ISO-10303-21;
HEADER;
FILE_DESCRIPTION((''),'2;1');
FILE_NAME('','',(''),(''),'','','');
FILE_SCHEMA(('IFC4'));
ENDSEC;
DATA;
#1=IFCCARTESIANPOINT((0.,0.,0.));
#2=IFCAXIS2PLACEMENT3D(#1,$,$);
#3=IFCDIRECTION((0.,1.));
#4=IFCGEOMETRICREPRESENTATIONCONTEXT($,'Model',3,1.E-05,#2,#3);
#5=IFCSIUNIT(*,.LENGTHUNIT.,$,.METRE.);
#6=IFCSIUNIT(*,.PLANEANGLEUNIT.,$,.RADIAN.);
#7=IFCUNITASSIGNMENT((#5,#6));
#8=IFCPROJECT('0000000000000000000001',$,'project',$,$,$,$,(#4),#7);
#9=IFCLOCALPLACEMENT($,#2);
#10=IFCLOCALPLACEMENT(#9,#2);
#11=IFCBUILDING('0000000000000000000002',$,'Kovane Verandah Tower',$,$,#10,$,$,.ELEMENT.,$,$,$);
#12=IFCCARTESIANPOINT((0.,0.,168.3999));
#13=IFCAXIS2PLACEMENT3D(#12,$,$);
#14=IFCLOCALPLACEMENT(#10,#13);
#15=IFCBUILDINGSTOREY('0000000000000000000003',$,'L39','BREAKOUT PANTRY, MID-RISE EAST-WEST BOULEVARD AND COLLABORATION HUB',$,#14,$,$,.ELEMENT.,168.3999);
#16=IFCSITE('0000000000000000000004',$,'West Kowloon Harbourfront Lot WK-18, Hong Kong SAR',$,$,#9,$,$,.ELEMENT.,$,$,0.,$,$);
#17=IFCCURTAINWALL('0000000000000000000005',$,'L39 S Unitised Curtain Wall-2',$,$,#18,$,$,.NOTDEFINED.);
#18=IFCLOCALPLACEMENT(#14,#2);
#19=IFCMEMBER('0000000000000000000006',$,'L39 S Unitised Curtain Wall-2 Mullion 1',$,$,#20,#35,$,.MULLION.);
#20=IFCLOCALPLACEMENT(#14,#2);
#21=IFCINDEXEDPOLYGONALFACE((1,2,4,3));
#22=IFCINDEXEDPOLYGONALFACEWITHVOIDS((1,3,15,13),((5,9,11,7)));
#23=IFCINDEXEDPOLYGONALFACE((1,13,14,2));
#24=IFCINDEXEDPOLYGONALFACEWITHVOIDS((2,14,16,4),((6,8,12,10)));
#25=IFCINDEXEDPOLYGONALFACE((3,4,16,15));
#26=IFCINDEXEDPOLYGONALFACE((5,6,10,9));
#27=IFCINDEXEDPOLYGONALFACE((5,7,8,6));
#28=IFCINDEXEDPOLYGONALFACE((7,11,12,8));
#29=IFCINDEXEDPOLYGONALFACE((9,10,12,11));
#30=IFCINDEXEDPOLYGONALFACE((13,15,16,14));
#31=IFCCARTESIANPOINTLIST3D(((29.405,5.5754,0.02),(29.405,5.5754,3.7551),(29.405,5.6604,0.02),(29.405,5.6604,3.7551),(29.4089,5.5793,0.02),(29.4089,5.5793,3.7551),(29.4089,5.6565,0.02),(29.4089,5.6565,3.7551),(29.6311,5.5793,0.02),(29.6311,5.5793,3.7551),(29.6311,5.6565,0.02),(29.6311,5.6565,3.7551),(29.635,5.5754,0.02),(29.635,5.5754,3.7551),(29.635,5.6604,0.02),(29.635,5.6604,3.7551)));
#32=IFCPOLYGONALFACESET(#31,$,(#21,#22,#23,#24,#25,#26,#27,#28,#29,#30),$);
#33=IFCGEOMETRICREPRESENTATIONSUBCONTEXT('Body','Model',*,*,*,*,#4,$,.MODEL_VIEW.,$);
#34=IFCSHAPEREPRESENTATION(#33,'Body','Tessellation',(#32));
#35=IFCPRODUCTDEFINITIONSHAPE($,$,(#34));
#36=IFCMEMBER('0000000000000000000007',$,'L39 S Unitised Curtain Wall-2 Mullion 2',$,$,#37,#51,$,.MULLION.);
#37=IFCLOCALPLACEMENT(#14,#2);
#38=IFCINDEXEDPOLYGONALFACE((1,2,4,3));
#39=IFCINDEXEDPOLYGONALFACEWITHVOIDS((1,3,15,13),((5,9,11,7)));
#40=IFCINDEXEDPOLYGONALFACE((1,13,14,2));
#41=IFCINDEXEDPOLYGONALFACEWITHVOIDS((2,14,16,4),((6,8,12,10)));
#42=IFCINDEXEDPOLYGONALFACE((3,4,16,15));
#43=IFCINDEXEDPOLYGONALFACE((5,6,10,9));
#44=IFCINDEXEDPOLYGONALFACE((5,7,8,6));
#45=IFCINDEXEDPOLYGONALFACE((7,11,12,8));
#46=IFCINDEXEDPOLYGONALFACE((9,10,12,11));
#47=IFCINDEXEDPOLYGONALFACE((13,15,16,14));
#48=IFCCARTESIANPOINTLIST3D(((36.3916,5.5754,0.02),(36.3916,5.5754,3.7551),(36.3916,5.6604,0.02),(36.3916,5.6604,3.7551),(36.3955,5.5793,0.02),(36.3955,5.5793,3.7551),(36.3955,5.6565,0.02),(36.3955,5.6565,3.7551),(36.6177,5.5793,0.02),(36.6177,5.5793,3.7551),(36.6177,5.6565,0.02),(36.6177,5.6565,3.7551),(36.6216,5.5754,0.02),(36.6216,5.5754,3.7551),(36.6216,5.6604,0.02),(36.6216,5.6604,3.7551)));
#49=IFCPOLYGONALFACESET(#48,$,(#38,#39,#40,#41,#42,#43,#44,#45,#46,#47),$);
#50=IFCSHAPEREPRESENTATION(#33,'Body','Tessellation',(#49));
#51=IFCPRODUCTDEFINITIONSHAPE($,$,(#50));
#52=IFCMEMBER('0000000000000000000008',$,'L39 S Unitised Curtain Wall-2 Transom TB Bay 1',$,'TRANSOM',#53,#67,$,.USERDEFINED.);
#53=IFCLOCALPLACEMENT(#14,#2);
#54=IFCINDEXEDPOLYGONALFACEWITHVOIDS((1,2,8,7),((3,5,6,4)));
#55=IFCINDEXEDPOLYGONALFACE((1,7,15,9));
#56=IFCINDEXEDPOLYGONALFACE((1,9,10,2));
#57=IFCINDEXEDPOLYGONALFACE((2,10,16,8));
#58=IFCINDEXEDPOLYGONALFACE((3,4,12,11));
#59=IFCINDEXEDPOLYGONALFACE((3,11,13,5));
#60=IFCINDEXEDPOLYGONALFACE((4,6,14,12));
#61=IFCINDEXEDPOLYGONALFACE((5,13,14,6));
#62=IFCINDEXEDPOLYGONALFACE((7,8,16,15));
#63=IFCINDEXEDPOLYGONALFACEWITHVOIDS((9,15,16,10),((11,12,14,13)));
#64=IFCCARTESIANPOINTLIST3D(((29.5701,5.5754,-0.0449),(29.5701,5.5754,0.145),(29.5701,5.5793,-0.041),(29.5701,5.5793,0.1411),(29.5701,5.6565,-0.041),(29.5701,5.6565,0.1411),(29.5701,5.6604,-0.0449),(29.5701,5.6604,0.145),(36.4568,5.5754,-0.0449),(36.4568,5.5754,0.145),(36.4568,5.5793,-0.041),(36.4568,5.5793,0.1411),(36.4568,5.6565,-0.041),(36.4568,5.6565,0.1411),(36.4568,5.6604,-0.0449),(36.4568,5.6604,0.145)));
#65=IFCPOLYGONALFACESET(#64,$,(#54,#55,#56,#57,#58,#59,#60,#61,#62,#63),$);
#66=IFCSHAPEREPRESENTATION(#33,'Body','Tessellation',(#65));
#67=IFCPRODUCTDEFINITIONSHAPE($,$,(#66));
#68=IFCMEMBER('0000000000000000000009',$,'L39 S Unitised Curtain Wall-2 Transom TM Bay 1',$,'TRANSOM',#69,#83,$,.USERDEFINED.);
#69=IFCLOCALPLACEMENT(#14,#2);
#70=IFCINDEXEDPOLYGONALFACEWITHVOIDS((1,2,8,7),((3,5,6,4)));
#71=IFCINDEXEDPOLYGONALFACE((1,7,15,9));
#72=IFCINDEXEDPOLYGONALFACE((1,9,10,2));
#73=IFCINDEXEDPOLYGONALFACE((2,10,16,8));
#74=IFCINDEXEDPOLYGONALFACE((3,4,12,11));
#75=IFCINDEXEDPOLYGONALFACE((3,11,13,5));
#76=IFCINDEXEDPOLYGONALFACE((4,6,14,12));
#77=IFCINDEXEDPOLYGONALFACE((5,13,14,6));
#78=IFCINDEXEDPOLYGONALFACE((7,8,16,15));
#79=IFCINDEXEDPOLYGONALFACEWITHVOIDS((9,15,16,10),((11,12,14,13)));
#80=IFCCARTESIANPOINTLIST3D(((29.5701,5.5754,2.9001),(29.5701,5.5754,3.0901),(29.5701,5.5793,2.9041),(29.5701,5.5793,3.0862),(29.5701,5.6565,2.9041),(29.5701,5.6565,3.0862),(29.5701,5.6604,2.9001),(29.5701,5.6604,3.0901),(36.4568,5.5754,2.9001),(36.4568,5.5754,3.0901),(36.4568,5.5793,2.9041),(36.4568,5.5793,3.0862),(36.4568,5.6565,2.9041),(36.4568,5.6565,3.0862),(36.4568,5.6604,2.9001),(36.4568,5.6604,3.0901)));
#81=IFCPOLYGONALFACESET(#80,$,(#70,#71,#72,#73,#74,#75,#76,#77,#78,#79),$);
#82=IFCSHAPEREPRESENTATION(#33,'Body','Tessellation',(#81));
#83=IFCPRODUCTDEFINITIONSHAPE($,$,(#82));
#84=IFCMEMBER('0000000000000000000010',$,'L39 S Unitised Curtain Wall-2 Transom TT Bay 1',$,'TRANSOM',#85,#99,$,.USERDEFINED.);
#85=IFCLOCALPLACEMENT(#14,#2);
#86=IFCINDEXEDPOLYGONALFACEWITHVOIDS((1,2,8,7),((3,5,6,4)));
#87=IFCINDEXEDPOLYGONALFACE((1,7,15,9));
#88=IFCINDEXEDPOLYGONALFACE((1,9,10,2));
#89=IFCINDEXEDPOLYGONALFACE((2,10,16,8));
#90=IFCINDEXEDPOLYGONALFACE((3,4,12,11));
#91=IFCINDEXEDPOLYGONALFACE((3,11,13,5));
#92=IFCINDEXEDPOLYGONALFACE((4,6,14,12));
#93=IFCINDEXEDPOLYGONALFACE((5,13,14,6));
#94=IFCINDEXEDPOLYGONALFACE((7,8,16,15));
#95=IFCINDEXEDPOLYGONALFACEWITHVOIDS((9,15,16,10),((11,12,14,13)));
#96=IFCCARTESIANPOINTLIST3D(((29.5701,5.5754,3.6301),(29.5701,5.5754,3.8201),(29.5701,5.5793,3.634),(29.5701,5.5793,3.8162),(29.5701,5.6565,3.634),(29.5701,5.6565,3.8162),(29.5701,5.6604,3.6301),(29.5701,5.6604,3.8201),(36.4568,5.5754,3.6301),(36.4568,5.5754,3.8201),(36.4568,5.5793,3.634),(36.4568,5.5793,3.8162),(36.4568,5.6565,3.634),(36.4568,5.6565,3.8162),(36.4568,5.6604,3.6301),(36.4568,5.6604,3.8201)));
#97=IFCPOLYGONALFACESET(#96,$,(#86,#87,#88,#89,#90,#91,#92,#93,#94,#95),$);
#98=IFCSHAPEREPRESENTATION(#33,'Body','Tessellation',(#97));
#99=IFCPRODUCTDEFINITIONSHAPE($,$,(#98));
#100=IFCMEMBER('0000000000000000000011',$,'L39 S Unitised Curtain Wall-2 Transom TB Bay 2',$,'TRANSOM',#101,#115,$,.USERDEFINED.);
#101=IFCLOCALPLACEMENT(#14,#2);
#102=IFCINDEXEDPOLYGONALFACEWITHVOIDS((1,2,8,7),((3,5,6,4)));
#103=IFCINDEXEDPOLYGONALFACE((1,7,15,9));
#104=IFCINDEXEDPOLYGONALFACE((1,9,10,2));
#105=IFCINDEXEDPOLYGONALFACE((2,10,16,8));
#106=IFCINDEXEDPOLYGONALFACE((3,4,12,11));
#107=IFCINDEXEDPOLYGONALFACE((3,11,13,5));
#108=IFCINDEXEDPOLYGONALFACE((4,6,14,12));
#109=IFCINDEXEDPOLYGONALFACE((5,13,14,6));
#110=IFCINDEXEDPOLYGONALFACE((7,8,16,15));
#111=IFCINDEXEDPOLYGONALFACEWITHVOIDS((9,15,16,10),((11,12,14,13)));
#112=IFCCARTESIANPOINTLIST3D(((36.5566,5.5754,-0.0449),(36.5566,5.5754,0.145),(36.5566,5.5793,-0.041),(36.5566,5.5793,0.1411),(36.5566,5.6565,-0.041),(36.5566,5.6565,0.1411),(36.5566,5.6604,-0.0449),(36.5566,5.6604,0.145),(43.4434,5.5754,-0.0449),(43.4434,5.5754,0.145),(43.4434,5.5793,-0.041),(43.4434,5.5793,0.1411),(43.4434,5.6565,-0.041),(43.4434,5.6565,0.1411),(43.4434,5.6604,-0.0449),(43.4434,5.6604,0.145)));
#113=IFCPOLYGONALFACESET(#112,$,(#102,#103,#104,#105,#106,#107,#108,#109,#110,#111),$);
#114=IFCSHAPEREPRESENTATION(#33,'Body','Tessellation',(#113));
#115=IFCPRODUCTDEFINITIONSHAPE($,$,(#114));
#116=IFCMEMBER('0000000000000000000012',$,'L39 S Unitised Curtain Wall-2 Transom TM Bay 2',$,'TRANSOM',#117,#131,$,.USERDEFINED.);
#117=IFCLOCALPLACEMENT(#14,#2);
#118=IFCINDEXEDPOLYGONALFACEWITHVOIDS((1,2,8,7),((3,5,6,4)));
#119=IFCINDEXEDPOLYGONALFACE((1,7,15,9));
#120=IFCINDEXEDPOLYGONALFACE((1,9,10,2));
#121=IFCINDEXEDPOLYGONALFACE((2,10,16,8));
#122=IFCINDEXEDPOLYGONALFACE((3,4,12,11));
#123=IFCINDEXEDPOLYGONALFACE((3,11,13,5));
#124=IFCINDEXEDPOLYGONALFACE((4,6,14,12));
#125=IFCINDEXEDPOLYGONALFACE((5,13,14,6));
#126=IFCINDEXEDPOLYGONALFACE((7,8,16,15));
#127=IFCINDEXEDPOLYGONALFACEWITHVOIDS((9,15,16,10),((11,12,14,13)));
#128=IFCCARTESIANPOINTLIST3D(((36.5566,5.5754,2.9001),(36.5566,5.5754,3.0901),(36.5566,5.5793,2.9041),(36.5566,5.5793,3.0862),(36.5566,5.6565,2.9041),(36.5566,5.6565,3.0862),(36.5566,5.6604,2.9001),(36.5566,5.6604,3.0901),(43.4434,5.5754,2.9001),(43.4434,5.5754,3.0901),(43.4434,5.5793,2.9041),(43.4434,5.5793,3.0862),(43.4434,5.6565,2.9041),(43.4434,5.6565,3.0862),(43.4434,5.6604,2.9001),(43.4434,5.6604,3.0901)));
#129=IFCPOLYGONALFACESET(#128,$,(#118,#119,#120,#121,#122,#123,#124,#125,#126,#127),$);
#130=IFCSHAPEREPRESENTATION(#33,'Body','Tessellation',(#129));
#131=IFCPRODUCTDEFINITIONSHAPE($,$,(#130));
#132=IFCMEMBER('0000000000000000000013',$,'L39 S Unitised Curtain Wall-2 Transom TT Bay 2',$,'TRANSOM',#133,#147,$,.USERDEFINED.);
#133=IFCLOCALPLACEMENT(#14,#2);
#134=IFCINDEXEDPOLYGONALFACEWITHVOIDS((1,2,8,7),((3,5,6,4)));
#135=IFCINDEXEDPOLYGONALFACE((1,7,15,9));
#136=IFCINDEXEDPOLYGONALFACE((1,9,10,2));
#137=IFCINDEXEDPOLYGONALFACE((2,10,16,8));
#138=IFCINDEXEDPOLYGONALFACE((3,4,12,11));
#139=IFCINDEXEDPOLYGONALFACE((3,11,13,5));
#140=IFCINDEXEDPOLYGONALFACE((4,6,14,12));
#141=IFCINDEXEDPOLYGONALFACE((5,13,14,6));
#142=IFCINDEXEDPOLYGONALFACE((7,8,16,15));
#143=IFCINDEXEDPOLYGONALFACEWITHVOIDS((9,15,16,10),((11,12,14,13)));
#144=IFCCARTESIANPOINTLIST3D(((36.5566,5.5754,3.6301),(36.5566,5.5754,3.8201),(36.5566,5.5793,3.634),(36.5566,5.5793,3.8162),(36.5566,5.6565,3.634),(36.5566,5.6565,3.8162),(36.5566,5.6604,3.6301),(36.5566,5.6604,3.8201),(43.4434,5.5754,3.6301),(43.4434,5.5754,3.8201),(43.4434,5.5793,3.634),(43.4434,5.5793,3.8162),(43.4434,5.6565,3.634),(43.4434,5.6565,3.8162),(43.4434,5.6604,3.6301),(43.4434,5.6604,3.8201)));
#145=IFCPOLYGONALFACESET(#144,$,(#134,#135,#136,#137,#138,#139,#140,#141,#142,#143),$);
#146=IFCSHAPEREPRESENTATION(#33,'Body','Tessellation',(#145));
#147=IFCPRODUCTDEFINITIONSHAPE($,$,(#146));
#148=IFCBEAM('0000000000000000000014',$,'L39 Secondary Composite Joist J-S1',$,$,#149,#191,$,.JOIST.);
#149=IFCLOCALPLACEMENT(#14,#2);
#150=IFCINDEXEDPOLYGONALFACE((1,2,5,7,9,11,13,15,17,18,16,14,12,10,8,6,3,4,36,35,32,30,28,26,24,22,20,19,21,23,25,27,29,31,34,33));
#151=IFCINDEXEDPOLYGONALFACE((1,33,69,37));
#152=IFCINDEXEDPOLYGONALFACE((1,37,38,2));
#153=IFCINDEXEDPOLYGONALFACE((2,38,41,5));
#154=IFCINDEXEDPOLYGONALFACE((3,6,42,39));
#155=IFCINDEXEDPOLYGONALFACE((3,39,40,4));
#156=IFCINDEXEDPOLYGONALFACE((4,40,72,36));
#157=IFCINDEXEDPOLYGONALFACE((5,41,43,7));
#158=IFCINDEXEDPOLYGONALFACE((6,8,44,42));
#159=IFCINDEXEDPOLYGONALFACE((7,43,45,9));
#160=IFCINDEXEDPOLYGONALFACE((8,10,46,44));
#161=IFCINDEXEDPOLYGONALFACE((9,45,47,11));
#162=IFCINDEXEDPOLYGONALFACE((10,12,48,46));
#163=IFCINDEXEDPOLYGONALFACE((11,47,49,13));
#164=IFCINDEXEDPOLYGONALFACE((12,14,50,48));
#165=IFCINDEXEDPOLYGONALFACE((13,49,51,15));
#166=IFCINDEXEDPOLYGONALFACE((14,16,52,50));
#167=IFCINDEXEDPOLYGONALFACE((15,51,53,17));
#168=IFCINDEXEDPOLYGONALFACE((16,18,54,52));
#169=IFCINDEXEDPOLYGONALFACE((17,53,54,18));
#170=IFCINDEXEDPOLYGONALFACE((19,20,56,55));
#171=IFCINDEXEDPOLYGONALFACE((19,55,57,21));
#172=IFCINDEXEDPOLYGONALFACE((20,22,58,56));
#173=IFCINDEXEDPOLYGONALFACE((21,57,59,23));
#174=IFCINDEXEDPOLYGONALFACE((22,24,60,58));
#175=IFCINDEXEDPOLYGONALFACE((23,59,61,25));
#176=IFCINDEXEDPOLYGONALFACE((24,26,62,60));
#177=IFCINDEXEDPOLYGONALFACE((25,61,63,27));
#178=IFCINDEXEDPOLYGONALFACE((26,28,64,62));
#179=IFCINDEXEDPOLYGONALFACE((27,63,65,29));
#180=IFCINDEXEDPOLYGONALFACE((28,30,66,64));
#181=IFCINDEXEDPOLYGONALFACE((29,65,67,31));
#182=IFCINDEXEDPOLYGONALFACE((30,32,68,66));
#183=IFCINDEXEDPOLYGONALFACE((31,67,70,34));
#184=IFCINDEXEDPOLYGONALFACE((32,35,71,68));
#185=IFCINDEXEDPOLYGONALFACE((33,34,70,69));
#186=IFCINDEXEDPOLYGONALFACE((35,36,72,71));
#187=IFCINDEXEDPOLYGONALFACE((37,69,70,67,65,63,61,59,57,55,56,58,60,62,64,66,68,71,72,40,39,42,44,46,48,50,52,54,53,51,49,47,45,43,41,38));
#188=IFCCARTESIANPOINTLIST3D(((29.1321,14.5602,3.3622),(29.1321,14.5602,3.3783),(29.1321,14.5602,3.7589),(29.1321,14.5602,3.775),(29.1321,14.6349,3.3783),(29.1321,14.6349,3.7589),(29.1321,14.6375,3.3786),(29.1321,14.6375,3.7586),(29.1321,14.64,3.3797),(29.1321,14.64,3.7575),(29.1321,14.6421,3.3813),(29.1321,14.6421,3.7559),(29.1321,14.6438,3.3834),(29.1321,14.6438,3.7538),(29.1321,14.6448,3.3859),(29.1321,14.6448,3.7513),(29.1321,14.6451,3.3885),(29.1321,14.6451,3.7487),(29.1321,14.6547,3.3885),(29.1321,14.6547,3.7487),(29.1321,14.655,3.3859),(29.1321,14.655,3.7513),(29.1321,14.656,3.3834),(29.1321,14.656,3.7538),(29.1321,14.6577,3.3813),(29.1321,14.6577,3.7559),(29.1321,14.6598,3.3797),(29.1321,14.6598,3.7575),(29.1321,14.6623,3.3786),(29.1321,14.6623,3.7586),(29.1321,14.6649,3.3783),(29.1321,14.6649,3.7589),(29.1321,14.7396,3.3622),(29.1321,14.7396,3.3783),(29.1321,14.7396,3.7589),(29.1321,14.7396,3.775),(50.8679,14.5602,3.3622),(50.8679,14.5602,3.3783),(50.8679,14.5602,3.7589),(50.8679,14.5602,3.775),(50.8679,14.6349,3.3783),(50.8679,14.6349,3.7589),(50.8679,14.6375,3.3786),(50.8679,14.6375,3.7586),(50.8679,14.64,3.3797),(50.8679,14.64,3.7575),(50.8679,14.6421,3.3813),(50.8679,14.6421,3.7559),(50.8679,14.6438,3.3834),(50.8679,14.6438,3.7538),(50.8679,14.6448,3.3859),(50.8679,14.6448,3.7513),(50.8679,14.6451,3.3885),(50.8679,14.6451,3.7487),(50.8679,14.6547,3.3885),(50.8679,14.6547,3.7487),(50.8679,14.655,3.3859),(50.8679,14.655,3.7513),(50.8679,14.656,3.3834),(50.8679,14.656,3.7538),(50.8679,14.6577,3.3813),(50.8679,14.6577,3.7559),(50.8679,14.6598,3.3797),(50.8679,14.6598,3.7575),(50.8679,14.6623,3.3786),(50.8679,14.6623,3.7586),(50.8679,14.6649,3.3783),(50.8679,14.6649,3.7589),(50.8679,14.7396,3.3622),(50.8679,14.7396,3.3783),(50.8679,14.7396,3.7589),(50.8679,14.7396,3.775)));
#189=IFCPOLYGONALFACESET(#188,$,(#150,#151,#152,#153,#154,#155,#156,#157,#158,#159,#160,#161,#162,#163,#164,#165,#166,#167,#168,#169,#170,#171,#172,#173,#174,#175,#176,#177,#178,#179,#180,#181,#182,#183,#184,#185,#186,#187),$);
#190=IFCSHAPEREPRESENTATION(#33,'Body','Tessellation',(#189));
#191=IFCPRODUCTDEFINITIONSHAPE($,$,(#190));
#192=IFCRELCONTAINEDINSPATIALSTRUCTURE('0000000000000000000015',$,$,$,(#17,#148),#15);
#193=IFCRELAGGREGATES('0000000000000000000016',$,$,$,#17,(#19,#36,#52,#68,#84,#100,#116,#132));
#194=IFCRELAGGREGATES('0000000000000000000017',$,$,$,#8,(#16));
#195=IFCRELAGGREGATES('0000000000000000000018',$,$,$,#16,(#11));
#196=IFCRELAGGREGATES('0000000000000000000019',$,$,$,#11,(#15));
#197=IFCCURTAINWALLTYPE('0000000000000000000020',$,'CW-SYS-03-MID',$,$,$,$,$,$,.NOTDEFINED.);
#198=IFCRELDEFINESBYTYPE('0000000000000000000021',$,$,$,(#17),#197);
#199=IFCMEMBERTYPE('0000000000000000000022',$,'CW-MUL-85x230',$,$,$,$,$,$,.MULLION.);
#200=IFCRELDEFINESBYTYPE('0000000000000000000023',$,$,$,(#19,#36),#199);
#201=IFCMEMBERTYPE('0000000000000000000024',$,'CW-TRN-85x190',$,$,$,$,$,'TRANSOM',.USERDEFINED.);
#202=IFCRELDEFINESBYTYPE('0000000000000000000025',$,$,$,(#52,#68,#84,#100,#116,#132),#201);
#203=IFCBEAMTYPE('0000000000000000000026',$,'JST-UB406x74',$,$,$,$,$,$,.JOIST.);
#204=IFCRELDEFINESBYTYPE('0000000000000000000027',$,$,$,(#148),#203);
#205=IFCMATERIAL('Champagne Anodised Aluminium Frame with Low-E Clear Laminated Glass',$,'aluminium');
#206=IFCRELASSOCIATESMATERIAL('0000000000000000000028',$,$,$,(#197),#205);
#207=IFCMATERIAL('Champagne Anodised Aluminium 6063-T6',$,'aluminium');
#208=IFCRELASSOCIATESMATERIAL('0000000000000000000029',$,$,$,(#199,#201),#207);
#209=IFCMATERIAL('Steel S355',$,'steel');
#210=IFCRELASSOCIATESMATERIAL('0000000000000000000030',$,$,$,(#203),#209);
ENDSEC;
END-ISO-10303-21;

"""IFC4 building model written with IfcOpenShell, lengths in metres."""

from ifc_helpers import new_model, si_unit, direction, frame, origin, origin_2d, place, context, subcontext, project, spatial, hollow_rectangle, i_section, extrude, material, material_profile, profile_set, type_object, element, aggregate, save


model = new_model("IFC4")

# Units and contexts
model_context = context("Model", 3, precision=1e-05, world=origin(), true_north=direction((0.0, 1.0)))
body_context = subcontext(model_context, "Body", "Model", "MODEL_VIEW")
ifc_project = project(units=[si_unit("LENGTHUNIT", "METRE"), si_unit("PLANEANGLEUNIT", "RADIAN")], contexts=[model_context])

# Site, building, storey
site_placement = place(None, origin())
site = spatial("IfcSite", under=ifc_project, at=site_placement, Name="West Kowloon Harbourfront Lot WK-18, Hong Kong SAR", CompositionType="ELEMENT", RefElevation=0.0)
building_placement = place(site_placement, origin())
building = spatial("IfcBuilding", under=site, at=building_placement, Name="Kovane Verandah Tower", CompositionType="ELEMENT")
storey_placement = place(building_placement, frame((0.0, 0.0, 168.3999)))
storey = spatial("IfcBuildingStorey", under=building, at=storey_placement, Name="L39", Description="BREAKOUT PANTRY, MID-RISE EAST-WEST BOULEVARD AND COLLABORATION HUB", CompositionType="ELEMENT", Elevation=168.3999)

# Shared definitions
ifc_material_1 = material(Name="Steel S355", Category="steel")

# Curtain wall, members
ifc_material_2 = material(Name="Champagne Anodised Aluminium Frame with Low-E Clear Laminated Glass", Category="aluminium")
curtain_wall_type = type_object("IfcCurtainWallType", Name="CW-SYS-03-MID", PredefinedType="NOTDEFINED", material=ifc_material_2)
curtain_wall_placement = place(storey_placement, origin())
curtain_wall = element("IfcCurtainWall", 1, at=curtain_wall_placement, inside=storey, type_object=curtain_wall_type, Name="L39 S Unitised Curtain Wall-2", PredefinedType="NOTDEFINED")
ifc_material_3 = material(Name="Champagne Anodised Aluminium 6063-T6", Category="aluminium")
ifc_material_profile_1 = material_profile(ifc_material_3, hollow_rectangle(XDim=0.085, YDim=0.23, WallThickness=0.0039, at=origin_2d()), Name="AL85x230x4")
ifc_profile_set_1 = profile_set([ifc_material_profile_1], Name="Champagne Anodised Aluminium 6063-T6")
member_type_1 = type_object("IfcMemberType", Name="CW-MUL-85x230", PredefinedType="MULLION", material=ifc_profile_set_1)
member_1_placement = place(storey_placement, frame((29.52, 5.6179, 0.02), z_axis=(0.0, 0.0, 1.0), x_axis=(0.0, -1.0, 0.0)))
member_1 = element("IfcMember", 2, at=member_1_placement, type_object=member_type_1, Name="L39 S Unitised Curtain Wall-2 Mullion 1", PredefinedType="MULLION", context=body_context, shape_type="SweptSolid", body=[
    extrude(hollow_rectangle(XDim=0.085, YDim=0.23, WallThickness=0.0039, at=origin_2d()), origin(), (0.0, 0.0, 1.0), 3.7351),
])
member_2_placement = place(storey_placement, frame((36.5066, 5.6179, 0.02), z_axis=(0.0, 0.0, 1.0), x_axis=(0.0, -1.0, 0.0)))
member_2 = element("IfcMember", 3, at=member_2_placement, type_object=member_type_1, Name="L39 S Unitised Curtain Wall-2 Mullion 2", PredefinedType="MULLION", context=body_context, shape_type="SweptSolid", body=[
    extrude(hollow_rectangle(XDim=0.085, YDim=0.23, WallThickness=0.0039, at=origin_2d()), origin(), (0.0, 0.0, 1.0), 3.7351),
])
ifc_material_profile_2 = material_profile(ifc_material_3, hollow_rectangle(XDim=0.085, YDim=0.1899, WallThickness=0.0039, at=origin_2d()), Name="AL85x190x4")
ifc_profile_set_2 = profile_set([ifc_material_profile_2], Name="Champagne Anodised Aluminium 6063-T6")
member_type_2 = type_object("IfcMemberType", Name="CW-TRN-85x190", ElementType="TRANSOM", PredefinedType="USERDEFINED", material=ifc_profile_set_2)
member_3_placement = place(storey_placement, frame((29.5701, 5.6179, 0.05), z_axis=(1.0, 0.0, 0.0), x_axis=(0.0, 1.0, 0.0)))
member_3 = element("IfcMember", 4, at=member_3_placement, type_object=member_type_2, Name="L39 S Unitised Curtain Wall-2 Transom TB Bay 1", ObjectType="TRANSOM", PredefinedType="USERDEFINED", context=body_context, shape_type="SweptSolid", body=[
    extrude(hollow_rectangle(XDim=0.085, YDim=0.1899, WallThickness=0.0039, at=origin_2d()), origin(), (0.0, 0.0, 1.0), 6.8867),
])
member_4_placement = place(storey_placement, frame((29.5701, 5.6179, 2.9951), z_axis=(1.0, 0.0, 0.0), x_axis=(0.0, 1.0, 0.0)))
member_4 = element("IfcMember", 5, at=member_4_placement, type_object=member_type_2, Name="L39 S Unitised Curtain Wall-2 Transom TM Bay 1", ObjectType="TRANSOM", PredefinedType="USERDEFINED", context=body_context, shape_type="SweptSolid", body=[
    extrude(hollow_rectangle(XDim=0.085, YDim=0.1899, WallThickness=0.0039, at=origin_2d()), origin(), (0.0, 0.0, 1.0), 6.8867),
])
member_5_placement = place(storey_placement, frame((29.5701, 5.6179, 3.7251), z_axis=(1.0, 0.0, 0.0), x_axis=(0.0, 1.0, 0.0)))
member_5 = element("IfcMember", 6, at=member_5_placement, type_object=member_type_2, Name="L39 S Unitised Curtain Wall-2 Transom TT Bay 1", ObjectType="TRANSOM", PredefinedType="USERDEFINED", context=body_context, shape_type="SweptSolid", body=[
    extrude(hollow_rectangle(XDim=0.085, YDim=0.1899, WallThickness=0.0039, at=origin_2d()), origin(), (0.0, 0.0, 1.0), 6.8867),
])
member_6_placement = place(storey_placement, frame((36.5566, 5.6179, 0.05), z_axis=(1.0, 0.0, 0.0), x_axis=(0.0, 1.0, 0.0)))
member_6 = element("IfcMember", 7, at=member_6_placement, type_object=member_type_2, Name="L39 S Unitised Curtain Wall-2 Transom TB Bay 2", ObjectType="TRANSOM", PredefinedType="USERDEFINED", context=body_context, shape_type="SweptSolid", body=[
    extrude(hollow_rectangle(XDim=0.085, YDim=0.1899, WallThickness=0.0039, at=origin_2d()), origin(), (0.0, 0.0, 1.0), 6.8867),
])
member_7_placement = place(storey_placement, frame((36.5566, 5.6179, 2.9951), z_axis=(1.0, 0.0, 0.0), x_axis=(0.0, 1.0, 0.0)))
member_7 = element("IfcMember", 8, at=member_7_placement, type_object=member_type_2, Name="L39 S Unitised Curtain Wall-2 Transom TM Bay 2", ObjectType="TRANSOM", PredefinedType="USERDEFINED", context=body_context, shape_type="SweptSolid", body=[
    extrude(hollow_rectangle(XDim=0.085, YDim=0.1899, WallThickness=0.0039, at=origin_2d()), origin(), (0.0, 0.0, 1.0), 6.8867),
])
member_8_placement = place(storey_placement, frame((36.5566, 5.6179, 3.7251), z_axis=(1.0, 0.0, 0.0), x_axis=(0.0, 1.0, 0.0)))
member_8 = element("IfcMember", 9, at=member_8_placement, type_object=member_type_2, Name="L39 S Unitised Curtain Wall-2 Transom TT Bay 2", ObjectType="TRANSOM", PredefinedType="USERDEFINED", context=body_context, shape_type="SweptSolid", body=[
    extrude(hollow_rectangle(XDim=0.085, YDim=0.1899, WallThickness=0.0039, at=origin_2d()), origin(), (0.0, 0.0, 1.0), 6.8867),
])

# Beam
ifc_material_profile_3 = material_profile(ifc_material_1, i_section(OverallWidth=0.1794, OverallDepth=0.4128, WebThickness=0.0095, FlangeThickness=0.0161, FilletRadius=0.0103, at=origin_2d()), Name="UB406x178x74")
ifc_profile_set_3 = profile_set([ifc_material_profile_3], Name="Steel S355")
beam_type_1 = type_object("IfcBeamType", Name="JST-UB406x74", PredefinedType="JOIST", material=ifc_profile_set_3)
beam_1_placement = place(storey_placement, frame((29.1321, 14.6499, 3.5686), z_axis=(1.0, 0.0, 0.0), x_axis=(0.0, 1.0, 0.0)))
element("IfcBeam", 10, at=beam_1_placement, inside=storey, type_object=beam_type_1, Name="L39 Secondary Composite Joist J-S1", PredefinedType="JOIST", context=body_context, shape_type="SweptSolid", body=[
    extrude(i_section(OverallWidth=0.1794, OverallDepth=0.4128, WebThickness=0.0095, FlangeThickness=0.0161, FilletRadius=0.0103, at=origin_2d()), origin(), (0.0, 0.0, 1.0), 21.7358),
])

aggregate(curtain_wall, [member_1, member_2, member_3, member_4, member_5, member_6, member_7, member_8])

save(model, "model.ifc")
